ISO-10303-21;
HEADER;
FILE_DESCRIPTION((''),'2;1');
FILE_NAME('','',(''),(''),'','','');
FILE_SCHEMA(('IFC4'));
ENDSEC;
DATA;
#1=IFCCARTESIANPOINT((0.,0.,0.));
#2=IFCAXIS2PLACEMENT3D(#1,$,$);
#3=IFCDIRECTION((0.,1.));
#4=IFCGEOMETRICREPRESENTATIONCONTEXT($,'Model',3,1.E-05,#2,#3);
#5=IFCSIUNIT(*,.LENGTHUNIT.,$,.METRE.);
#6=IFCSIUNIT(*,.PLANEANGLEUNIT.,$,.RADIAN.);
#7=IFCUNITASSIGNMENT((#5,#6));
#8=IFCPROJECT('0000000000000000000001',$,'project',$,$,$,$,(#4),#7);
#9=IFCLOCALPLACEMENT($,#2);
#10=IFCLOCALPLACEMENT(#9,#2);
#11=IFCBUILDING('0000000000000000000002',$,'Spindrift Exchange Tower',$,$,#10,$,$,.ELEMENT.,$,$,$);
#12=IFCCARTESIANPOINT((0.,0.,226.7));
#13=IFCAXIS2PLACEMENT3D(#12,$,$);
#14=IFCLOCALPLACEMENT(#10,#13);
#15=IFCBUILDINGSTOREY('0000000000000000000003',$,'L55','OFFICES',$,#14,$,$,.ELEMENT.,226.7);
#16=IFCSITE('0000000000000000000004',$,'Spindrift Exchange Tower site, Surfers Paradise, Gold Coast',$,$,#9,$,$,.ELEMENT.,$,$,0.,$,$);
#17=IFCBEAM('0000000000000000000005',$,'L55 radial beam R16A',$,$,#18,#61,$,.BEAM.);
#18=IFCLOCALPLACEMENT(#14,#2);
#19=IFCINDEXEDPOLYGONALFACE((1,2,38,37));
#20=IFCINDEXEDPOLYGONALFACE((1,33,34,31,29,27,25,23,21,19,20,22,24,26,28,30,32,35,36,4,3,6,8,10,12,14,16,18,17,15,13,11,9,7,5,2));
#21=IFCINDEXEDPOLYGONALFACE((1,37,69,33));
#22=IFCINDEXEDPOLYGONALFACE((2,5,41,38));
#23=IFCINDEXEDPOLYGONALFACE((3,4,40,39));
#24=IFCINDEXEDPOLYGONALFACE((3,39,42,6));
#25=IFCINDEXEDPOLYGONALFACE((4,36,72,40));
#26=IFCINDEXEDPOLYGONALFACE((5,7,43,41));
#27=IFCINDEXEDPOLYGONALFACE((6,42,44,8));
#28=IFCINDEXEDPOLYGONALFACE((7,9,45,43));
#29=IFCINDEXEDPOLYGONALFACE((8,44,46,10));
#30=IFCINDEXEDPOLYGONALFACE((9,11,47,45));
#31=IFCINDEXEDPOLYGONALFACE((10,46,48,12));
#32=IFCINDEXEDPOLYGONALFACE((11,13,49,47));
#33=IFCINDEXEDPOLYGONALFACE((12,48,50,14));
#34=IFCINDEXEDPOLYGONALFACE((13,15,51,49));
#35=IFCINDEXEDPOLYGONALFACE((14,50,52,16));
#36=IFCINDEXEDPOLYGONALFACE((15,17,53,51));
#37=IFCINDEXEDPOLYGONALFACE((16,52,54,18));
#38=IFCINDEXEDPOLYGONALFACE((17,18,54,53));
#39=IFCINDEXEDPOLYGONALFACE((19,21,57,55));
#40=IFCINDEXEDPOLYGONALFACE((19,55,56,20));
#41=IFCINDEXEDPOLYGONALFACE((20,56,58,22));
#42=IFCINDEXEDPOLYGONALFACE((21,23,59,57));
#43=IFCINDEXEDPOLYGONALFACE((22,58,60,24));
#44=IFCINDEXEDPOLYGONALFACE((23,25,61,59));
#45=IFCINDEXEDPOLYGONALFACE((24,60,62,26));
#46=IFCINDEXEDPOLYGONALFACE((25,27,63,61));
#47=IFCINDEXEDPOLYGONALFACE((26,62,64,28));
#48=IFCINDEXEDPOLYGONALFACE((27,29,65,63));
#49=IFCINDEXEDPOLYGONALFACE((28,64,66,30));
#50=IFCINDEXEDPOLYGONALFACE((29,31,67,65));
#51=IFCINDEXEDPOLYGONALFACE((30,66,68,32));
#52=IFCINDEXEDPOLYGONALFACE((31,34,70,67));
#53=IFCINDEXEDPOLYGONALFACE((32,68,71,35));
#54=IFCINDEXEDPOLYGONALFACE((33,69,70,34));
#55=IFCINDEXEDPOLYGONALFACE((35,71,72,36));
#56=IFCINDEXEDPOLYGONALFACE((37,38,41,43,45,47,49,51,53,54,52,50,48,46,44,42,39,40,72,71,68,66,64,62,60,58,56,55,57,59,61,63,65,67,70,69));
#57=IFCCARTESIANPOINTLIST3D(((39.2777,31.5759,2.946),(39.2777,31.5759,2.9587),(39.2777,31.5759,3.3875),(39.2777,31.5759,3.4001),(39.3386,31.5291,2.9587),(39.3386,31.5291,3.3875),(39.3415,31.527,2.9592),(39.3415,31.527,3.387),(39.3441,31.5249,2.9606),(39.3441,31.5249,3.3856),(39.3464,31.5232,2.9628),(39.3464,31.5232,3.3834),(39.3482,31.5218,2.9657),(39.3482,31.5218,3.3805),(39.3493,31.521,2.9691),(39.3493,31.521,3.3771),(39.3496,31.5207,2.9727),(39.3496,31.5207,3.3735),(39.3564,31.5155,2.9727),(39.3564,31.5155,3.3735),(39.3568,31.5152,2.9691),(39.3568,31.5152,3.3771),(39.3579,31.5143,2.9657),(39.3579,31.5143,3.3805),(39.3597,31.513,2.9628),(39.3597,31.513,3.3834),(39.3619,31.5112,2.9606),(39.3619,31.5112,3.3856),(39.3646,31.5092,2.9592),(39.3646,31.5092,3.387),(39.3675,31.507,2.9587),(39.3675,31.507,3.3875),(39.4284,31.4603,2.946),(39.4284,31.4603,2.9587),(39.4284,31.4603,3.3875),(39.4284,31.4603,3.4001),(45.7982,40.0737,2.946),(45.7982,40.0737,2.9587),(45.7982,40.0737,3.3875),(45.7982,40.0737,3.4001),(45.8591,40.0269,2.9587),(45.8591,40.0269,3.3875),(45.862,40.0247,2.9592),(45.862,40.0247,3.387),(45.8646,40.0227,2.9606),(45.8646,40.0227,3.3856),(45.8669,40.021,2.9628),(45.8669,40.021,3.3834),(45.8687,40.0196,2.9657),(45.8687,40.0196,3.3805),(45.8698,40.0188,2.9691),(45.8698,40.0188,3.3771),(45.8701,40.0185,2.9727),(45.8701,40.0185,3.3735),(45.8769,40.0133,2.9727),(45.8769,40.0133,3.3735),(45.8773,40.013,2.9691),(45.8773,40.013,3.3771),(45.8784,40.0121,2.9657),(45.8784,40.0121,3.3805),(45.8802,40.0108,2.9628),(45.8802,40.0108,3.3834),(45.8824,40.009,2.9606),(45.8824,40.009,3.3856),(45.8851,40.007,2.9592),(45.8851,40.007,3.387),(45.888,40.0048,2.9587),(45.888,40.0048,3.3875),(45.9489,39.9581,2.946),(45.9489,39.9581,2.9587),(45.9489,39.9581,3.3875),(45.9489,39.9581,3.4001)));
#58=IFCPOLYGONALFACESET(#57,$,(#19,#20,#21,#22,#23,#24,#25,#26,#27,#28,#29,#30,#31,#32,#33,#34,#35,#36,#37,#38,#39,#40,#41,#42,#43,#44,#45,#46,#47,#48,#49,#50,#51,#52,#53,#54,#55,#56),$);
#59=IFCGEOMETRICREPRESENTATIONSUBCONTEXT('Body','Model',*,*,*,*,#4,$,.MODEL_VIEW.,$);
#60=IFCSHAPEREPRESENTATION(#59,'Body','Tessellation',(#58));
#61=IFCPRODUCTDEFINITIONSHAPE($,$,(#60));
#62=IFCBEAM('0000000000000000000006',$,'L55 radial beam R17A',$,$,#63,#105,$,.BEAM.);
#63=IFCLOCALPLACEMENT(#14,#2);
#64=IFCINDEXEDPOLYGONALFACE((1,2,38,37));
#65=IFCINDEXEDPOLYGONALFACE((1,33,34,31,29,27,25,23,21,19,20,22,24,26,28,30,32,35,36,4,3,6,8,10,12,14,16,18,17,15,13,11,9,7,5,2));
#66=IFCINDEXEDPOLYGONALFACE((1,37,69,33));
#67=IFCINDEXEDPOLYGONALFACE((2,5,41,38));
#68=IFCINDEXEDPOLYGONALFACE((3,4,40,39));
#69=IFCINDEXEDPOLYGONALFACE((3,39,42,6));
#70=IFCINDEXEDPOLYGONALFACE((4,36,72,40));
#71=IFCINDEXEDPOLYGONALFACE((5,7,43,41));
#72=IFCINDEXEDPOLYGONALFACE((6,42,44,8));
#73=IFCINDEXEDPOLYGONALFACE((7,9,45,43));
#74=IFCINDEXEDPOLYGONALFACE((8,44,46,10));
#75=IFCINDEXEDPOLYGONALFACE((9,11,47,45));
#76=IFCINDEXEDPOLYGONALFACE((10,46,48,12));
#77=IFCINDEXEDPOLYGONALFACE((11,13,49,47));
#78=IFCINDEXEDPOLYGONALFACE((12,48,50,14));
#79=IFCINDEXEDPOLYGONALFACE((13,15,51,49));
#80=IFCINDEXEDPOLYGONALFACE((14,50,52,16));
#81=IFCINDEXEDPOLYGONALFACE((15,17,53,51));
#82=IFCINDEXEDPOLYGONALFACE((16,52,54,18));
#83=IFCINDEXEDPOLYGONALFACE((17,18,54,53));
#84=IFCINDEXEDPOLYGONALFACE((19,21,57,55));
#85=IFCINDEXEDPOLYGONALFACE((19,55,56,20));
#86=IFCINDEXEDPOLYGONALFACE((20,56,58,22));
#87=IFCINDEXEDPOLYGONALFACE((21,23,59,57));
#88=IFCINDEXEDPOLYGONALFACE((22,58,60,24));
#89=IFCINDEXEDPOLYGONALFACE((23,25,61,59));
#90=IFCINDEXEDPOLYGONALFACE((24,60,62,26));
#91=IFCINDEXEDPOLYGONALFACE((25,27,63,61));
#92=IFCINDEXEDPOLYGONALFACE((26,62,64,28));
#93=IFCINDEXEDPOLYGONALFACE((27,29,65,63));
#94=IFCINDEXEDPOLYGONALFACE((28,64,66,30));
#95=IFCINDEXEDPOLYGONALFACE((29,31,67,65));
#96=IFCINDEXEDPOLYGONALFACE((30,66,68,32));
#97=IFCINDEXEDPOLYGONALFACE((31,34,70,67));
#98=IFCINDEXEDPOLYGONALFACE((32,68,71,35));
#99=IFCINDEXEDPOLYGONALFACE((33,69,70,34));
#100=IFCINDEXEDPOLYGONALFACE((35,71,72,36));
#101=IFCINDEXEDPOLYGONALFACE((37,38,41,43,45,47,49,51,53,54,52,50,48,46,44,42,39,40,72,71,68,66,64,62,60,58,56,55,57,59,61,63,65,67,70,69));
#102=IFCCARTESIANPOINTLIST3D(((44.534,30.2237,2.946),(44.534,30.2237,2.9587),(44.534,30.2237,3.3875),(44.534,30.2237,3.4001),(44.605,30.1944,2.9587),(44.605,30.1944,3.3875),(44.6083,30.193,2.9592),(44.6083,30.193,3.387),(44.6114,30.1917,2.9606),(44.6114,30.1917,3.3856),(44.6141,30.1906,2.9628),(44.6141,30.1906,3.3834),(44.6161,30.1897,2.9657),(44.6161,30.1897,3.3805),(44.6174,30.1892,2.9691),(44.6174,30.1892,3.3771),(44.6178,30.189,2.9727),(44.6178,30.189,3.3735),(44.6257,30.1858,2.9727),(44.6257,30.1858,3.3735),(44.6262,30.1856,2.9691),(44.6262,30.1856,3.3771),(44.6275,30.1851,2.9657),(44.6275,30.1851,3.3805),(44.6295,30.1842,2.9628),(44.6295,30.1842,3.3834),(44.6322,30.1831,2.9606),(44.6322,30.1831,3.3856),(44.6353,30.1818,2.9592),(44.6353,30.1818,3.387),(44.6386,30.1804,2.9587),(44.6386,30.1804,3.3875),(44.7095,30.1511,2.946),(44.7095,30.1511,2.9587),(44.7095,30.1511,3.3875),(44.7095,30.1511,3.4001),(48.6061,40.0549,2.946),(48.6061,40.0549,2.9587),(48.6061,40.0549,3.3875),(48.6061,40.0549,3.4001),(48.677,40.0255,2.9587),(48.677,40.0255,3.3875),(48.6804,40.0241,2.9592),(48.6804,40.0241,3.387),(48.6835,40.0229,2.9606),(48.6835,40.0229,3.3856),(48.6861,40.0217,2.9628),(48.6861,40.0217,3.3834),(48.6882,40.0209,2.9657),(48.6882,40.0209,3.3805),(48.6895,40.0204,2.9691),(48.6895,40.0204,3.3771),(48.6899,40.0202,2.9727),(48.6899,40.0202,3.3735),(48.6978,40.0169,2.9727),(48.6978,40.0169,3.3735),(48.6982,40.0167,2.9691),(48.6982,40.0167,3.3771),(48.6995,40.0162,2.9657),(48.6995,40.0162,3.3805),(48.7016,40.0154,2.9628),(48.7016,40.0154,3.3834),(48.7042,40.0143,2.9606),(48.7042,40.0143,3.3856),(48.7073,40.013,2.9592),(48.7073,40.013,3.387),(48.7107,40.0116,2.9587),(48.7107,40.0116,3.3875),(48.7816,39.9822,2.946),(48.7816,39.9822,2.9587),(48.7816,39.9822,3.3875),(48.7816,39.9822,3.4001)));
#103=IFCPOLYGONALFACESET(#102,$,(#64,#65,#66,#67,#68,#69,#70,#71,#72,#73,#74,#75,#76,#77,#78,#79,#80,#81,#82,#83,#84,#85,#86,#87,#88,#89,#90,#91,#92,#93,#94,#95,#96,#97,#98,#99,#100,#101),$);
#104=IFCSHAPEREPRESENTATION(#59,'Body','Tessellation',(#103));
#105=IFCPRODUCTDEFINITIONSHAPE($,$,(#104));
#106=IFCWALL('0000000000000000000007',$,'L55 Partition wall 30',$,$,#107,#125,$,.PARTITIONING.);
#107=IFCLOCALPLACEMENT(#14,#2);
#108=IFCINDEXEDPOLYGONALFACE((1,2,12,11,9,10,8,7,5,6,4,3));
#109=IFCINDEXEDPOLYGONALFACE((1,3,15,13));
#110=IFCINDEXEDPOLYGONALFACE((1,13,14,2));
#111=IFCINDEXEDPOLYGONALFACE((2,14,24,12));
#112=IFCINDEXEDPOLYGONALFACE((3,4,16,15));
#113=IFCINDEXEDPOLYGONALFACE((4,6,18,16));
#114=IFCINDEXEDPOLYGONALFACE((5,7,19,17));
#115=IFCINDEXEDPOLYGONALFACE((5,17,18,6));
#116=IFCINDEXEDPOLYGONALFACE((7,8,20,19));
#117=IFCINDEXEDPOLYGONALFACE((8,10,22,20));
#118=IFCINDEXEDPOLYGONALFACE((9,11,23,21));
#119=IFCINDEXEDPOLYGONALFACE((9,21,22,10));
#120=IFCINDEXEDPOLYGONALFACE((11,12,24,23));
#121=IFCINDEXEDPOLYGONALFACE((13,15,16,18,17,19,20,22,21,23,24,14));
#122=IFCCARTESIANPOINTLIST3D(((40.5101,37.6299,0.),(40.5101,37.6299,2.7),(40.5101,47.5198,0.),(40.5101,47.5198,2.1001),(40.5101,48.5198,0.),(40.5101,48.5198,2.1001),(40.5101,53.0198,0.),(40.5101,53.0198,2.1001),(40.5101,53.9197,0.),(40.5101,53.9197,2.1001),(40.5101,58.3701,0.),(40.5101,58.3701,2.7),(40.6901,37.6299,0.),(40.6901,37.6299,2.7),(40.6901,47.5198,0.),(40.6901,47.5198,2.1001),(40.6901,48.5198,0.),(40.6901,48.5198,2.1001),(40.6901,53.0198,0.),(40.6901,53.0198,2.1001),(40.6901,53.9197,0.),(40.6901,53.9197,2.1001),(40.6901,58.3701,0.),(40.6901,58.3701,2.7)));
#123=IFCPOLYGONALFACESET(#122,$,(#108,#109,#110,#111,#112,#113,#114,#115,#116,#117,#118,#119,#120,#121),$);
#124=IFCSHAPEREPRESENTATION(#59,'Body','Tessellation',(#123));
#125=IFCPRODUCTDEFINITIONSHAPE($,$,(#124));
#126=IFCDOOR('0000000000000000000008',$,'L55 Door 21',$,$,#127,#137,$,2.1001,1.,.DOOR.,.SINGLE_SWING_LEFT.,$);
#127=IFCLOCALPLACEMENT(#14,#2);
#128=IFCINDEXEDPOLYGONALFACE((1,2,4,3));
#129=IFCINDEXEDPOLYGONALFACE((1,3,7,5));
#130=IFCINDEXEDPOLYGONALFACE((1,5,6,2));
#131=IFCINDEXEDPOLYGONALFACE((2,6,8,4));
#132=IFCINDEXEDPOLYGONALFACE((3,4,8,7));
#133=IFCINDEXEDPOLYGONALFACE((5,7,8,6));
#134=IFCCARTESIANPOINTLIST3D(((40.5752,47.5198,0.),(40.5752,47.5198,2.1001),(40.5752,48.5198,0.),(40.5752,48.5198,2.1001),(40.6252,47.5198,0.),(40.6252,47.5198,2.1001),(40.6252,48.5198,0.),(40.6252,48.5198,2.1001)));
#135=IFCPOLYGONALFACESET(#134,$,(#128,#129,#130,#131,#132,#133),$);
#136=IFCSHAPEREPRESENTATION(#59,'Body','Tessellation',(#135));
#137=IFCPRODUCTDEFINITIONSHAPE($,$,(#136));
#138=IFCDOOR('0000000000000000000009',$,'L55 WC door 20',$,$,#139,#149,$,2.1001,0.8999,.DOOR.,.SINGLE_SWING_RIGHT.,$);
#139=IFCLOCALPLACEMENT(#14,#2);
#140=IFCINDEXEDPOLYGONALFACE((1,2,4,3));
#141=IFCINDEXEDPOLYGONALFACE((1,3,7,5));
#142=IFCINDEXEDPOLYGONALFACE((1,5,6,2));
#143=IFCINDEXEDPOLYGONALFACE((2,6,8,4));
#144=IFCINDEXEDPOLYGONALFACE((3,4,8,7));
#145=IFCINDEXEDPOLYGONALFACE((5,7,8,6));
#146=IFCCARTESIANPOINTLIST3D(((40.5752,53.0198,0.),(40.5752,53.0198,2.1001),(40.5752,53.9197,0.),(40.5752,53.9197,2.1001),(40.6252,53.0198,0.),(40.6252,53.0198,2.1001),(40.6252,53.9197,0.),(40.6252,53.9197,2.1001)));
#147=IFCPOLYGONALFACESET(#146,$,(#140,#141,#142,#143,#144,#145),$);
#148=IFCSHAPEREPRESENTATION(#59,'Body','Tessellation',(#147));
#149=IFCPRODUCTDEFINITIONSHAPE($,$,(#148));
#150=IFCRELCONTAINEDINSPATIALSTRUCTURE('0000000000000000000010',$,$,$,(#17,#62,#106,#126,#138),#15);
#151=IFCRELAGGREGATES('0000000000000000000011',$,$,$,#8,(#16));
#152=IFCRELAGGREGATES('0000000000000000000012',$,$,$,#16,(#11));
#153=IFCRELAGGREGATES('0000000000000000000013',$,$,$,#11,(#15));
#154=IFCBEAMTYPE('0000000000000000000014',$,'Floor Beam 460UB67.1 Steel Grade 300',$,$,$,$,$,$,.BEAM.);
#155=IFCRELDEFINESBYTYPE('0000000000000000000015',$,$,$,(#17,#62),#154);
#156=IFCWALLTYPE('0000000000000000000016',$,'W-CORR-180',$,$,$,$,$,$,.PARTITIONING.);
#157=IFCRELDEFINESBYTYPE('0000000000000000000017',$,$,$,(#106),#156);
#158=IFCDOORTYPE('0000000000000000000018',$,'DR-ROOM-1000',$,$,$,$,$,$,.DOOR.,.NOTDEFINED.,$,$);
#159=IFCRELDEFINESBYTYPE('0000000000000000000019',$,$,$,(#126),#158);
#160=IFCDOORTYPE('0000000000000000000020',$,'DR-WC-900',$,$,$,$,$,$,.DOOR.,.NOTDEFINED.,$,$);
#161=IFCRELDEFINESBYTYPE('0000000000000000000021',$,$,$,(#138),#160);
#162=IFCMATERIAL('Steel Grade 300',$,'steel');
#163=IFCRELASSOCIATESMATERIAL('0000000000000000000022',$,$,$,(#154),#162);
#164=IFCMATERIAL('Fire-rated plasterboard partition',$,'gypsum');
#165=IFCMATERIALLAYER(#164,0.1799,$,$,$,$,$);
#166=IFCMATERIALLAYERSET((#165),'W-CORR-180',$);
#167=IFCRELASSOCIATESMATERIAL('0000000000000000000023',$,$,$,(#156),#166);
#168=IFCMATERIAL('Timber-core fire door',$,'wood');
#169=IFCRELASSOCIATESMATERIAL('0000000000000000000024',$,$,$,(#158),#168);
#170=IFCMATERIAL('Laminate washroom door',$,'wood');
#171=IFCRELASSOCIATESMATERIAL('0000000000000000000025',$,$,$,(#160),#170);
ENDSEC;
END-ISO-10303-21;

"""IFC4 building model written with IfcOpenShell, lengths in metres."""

from ifc_helpers import new_model, si_unit, direction, frame, frame_2d, origin, origin_2d, place, context, subcontext, project, spatial, rectangle, i_section, extrude, source, transform, mapped, material, layer, layer_set, material_profile, profile_set, type_object, element, fill, save


model = new_model("IFC4")

# Units and contexts
model_context = context("Model", 3, precision=1e-05, world=origin(), true_north=direction((0.0, 1.0)))
body_context = subcontext(model_context, "Body", "Model", "MODEL_VIEW")
ifc_project = project(units=[si_unit("LENGTHUNIT", "METRE"), si_unit("PLANEANGLEUNIT", "RADIAN")], contexts=[model_context])

# Site, building, storey
site_placement = place(None, origin())
site = spatial("IfcSite", under=ifc_project, at=site_placement, Name="Spindrift Exchange Tower site, Surfers Paradise, Gold Coast", CompositionType="ELEMENT", RefElevation=0.0)
building_placement = place(site_placement, origin())
building = spatial("IfcBuilding", under=site, at=building_placement, Name="Spindrift Exchange Tower", CompositionType="ELEMENT")
storey_placement = place(building_placement, frame((0.0, 0.0, 226.7)))
storey = spatial("IfcBuildingStorey", under=building, at=storey_placement, Name="L55", Description="OFFICES", CompositionType="ELEMENT", Elevation=226.7)

# Beams
ifc_material_1 = material(Name="Steel Grade 300", Category="steel")
ifc_material_profile = material_profile(ifc_material_1, i_section(OverallWidth=0.1899, OverallDepth=0.4541, WebThickness=0.0085, FlangeThickness=0.0127, FilletRadius=0.0139, at=origin_2d()), Name="460UB67.1")
ifc_profile_set = profile_set([ifc_material_profile], Name="Steel Grade 300")
beam_type = type_object("IfcBeamType", Name="Floor Beam 460UB67.1 Steel Grade 300", PredefinedType="BEAM", material=ifc_profile_set)
shared_shape_1 = source(origin(), body_context, "Body", "SweptSolid", [
    extrude(i_section(OverallWidth=0.1899, OverallDepth=0.4541, WebThickness=0.0085, FlangeThickness=0.0127, FilletRadius=0.0139, at=origin_2d()), origin(), (0.0, 0.0, 1.0), 10.7112),
])
beam_1_placement = place(storey_placement, frame((45.8735, 40.0159, 3.1731), z_axis=(-0.608756, -0.793357, 0.0), x_axis=(0.793357, -0.608756, 0.0)))
element("IfcBeam", 1, at=beam_1_placement, inside=storey, type_object=beam_type, Name="L55 radial beam R16A", PredefinedType="BEAM", context=body_context, shape_type="MappedRepresentation", body=[
    mapped(shared_shape_1, transform((0.0, 0.0, 0.0), scale=1.0)),
])
shared_shape_2 = source(origin(), body_context, "Body", "SweptSolid", [
    extrude(i_section(OverallWidth=0.1899, OverallDepth=0.4541, WebThickness=0.0085, FlangeThickness=0.0127, FilletRadius=0.0139, at=origin_2d()), origin(), (0.0, 0.0, 1.0), 10.6411),
])
beam_2_placement = place(storey_placement, frame((48.6938, 40.0186, 3.1731), z_axis=(-0.382673, -0.923884, 0.0), x_axis=(0.923884, -0.382673, 0.0)))
element("IfcBeam", 2, at=beam_2_placement, inside=storey, type_object=beam_type, Name="L55 radial beam R17A", PredefinedType="BEAM", context=body_context, shape_type="MappedRepresentation", body=[
    mapped(shared_shape_2, transform((0.0, 0.0, 0.0), scale=1.0)),
])

# Wall, openings, doors
ifc_material_2 = material(Name="Fire-rated plasterboard partition", Category="gypsum")
ifc_layer_1 = layer(ifc_material_2, 0.1799)
ifc_layer_set_1 = layer_set([ifc_layer_1], Name="W-CORR-180")
wall_type_1 = type_object("IfcWallType", Name="W-CORR-180", PredefinedType="PARTITIONING", material=ifc_layer_set_1)
wall_1_placement = place(storey_placement, frame((40.6001, 37.6299, 0.0), z_axis=(0.0, 0.0, 1.0), x_axis=(0.0, 1.0, 0.0)))
wall_1 = element("IfcWall", 3, at=wall_1_placement, inside=storey, type_object=wall_type_1, Name="L55 Partition wall 30", PredefinedType="PARTITIONING", context=body_context, shape_type="SweptSolid", body=[
    extrude(rectangle(XDim=20.7402, YDim=0.1799, at=frame_2d((10.3701, 0.0))), origin(), (0.0, 0.0, 1.0), 2.7),
])
opening_1_placement = place(wall_1_placement, frame((15.3899, 0.0, 0.0)))
opening_1 = element("IfcOpeningElement", 4, at=opening_1_placement, cuts=wall_1, PredefinedType="OPENING", context=body_context, shape_type="SweptSolid", body=[
    extrude(rectangle(XDim=0.8999, YDim=2.1001, at=frame_2d((0.45, 1.05))), frame((0.0, 0.0999, 0.0), z_axis=(0.0, -1.0, 0.0), x_axis=(1.0, 0.0, 0.0)), (0.0, 0.0, 1.0), 0.2),
])
opening_2_placement = place(wall_1_placement, frame((9.8899, 0.0, 0.0)))
opening_2 = element("IfcOpeningElement", 5, at=opening_2_placement, cuts=wall_1, PredefinedType="OPENING", context=body_context, shape_type="SweptSolid", body=[
    extrude(rectangle(XDim=1.0, YDim=2.1001, at=frame_2d((0.5, 1.05))), frame((0.0, 0.0999, 0.0), z_axis=(0.0, -1.0, 0.0), x_axis=(1.0, 0.0, 0.0)), (0.0, 0.0, 1.0), 0.2),
])
ifc_material_3 = material(Name="Timber-core fire door", Category="wood")
door_type_1 = type_object("IfcDoorType", Name="DR-ROOM-1000", OperationType="NOTDEFINED", PredefinedType="DOOR", material=ifc_material_3)
shared_shape_3 = source(origin(), body_context, "Body", "SweptSolid", [
    extrude(rectangle(XDim=1.0, YDim=2.1001, at=frame_2d((0.5, 1.05))), frame((0.0, 0.0249, 0.0), z_axis=(0.0, -1.0, 0.0), x_axis=(1.0, 0.0, 0.0)), (0.0, 0.0, 1.0), 0.05),
])
door_1_placement = place(opening_2_placement, origin())
door_1 = element("IfcDoor", 6, at=door_1_placement, inside=storey, type_object=door_type_1, Name="L55 Door 21", OperationType="SINGLE_SWING_LEFT", OverallHeight=2.1001, OverallWidth=1.0, PredefinedType="DOOR", context=body_context, shape_type="MappedRepresentation", body=[
    mapped(shared_shape_3, transform((0.0, 0.0, 0.0), scale=1.0)),
])
fill(opening_2, door_1)
ifc_material_4 = material(Name="Laminate washroom door", Category="wood")
door_type_2 = type_object("IfcDoorType", Name="DR-WC-900", OperationType="NOTDEFINED", PredefinedType="DOOR", material=ifc_material_4)
shared_shape_4 = source(origin(), body_context, "Body", "SweptSolid", [
    extrude(rectangle(XDim=0.8999, YDim=2.1001, at=frame_2d((0.45, 1.05))), frame((0.0, 0.0249, 0.0), z_axis=(0.0, -1.0, 0.0), x_axis=(1.0, 0.0, 0.0)), (0.0, 0.0, 1.0), 0.05),
])
door_2_placement = place(opening_1_placement, origin())
door_2 = element("IfcDoor", 7, at=door_2_placement, inside=storey, type_object=door_type_2, Name="L55 WC door 20", OperationType="SINGLE_SWING_RIGHT", OverallHeight=2.1001, OverallWidth=0.8999, PredefinedType="DOOR", context=body_context, shape_type="MappedRepresentation", body=[
    mapped(shared_shape_4, transform((0.0, 0.0, 0.0), scale=1.0)),
])
fill(opening_1, door_2)

save(model, "model.ifc")
